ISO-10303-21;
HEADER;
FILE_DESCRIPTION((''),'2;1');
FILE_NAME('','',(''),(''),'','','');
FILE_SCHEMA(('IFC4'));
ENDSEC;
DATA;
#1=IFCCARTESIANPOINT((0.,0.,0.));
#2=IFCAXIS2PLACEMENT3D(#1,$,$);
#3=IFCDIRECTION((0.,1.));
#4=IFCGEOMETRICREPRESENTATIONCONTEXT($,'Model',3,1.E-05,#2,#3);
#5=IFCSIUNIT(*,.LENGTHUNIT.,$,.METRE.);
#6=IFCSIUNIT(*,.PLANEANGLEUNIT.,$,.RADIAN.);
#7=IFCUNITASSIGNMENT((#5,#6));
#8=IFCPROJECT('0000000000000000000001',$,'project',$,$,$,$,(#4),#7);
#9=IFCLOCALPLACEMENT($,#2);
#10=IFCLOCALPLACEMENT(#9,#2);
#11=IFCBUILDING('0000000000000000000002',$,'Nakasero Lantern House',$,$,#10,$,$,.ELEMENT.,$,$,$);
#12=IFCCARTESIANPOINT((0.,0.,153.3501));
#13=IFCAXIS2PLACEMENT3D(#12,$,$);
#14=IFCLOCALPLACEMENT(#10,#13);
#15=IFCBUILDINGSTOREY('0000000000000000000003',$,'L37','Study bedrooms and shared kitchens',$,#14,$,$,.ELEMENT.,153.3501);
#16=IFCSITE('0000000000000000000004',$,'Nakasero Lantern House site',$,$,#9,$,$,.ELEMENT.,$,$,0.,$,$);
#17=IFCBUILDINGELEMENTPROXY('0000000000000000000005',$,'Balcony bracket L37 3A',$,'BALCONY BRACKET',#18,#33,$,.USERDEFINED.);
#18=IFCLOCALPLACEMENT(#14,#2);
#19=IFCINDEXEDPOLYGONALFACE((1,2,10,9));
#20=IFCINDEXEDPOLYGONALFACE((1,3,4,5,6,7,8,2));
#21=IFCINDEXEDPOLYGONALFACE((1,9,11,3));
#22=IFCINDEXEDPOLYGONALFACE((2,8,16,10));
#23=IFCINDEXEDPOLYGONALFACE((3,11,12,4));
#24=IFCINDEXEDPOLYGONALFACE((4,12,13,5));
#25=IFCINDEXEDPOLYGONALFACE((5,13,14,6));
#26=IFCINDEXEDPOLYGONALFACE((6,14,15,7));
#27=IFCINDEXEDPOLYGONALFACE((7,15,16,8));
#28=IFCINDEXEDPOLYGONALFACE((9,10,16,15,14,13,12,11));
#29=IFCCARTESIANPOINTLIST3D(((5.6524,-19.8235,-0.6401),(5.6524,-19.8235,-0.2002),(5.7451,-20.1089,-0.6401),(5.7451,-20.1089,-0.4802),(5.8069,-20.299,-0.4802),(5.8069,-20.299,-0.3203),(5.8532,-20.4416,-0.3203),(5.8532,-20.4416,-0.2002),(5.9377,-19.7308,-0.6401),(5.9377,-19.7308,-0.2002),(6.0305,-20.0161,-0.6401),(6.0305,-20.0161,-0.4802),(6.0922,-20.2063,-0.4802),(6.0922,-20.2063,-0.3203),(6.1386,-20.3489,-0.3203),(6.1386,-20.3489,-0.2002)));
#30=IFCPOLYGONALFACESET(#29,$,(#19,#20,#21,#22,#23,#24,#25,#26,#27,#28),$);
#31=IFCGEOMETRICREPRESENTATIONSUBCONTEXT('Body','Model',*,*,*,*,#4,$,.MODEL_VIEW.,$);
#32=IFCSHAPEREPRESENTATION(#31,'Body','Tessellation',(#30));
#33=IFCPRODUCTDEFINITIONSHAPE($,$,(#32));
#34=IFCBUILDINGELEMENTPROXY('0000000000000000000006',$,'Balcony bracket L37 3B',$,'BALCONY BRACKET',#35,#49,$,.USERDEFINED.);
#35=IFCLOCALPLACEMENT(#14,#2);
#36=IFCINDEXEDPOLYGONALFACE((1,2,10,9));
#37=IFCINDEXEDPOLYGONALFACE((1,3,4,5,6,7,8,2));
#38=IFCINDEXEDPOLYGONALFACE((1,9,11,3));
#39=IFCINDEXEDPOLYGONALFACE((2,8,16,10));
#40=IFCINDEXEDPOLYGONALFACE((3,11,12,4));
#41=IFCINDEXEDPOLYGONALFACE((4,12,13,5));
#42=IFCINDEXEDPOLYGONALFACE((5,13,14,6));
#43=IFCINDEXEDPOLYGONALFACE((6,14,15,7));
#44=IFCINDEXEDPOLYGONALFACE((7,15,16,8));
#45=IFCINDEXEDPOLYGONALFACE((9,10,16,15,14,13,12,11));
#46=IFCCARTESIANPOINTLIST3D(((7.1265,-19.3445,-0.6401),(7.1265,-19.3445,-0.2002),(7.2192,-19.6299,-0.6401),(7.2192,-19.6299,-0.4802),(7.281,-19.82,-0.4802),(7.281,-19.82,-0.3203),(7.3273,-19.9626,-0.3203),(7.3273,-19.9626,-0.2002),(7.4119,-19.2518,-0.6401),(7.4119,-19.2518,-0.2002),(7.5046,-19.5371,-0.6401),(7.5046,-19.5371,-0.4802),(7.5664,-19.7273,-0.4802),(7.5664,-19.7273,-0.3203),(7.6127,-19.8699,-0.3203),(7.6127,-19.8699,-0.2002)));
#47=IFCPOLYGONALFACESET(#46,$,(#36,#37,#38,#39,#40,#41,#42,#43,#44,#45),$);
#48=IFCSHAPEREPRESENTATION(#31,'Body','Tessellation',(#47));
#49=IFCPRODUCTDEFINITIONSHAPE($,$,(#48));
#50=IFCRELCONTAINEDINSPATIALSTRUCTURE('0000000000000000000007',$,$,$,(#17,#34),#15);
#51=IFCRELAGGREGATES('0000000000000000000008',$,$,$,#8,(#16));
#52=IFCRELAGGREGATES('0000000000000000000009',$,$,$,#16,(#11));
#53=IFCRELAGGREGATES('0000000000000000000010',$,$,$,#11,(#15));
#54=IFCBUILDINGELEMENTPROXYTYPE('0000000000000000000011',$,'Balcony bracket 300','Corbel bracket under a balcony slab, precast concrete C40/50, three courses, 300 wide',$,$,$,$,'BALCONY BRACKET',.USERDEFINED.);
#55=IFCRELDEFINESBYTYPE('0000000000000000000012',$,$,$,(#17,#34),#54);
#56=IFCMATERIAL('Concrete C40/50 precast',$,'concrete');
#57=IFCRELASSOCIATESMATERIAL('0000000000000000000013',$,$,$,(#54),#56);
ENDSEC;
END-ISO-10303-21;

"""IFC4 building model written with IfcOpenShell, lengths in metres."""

from ifc_helpers import new_model, si_unit, direction, frame, origin, place, context, subcontext, project, spatial, polyline, outline, extrude, material, type_object, element, save


model = new_model("IFC4")

# Units and contexts
model_context = context("Model", 3, precision=1e-05, world=origin(), true_north=direction((0.0, 1.0)))
body_context = subcontext(model_context, "Body", "Model", "MODEL_VIEW")
ifc_project = project(units=[si_unit("LENGTHUNIT", "METRE"), si_unit("PLANEANGLEUNIT", "RADIAN")], contexts=[model_context])

# Site, building, storey
site_placement = place(None, origin())
site = spatial("IfcSite", under=ifc_project, at=site_placement, Name="Nakasero Lantern House site", CompositionType="ELEMENT", RefElevation=0.0)
building_placement = place(site_placement, origin())
building = spatial("IfcBuilding", under=site, at=building_placement, Name="Nakasero Lantern House", CompositionType="ELEMENT")
storey_placement = place(building_placement, frame((0.0, 0.0, 153.3501)))
storey = spatial("IfcBuildingStorey", under=building, at=storey_placement, Name="L37", Description="Study bedrooms and shared kitchens", CompositionType="ELEMENT", Elevation=153.3501)

# Building element proxies
ifc_material_1 = material(Name="Concrete C40/50 precast", Category="concrete")
building_element_proxy_type = type_object("IfcBuildingElementProxyType", Name="Balcony bracket 300", Description="Corbel bracket under a balcony slab, precast concrete C40/50, three courses, 300 wide", ElementType="BALCONY BRACKET", PredefinedType="USERDEFINED", material=ifc_material_1)
for number, where, z_axis, x_axis, name in (
    (1, (5.7952, -19.7771, -0.2002), (0.0, 0.0, 1.0), (0.309017, -0.951057, 0.0), "Balcony bracket L37 3A"),
    (2, (7.2693, -19.2981, -0.2002), (0.0, 0.0, 1.0), (0.309017, -0.951057, 0.0), "Balcony bracket L37 3B"),
):
    element("IfcBuildingElementProxy", number, at=place(storey_placement, frame(where, z_axis=z_axis, x_axis=x_axis)), inside=storey, type_object=building_element_proxy_type, Name=name, ObjectType="BALCONY BRACKET", PredefinedType="USERDEFINED", context=body_context, shape_type="SweptSolid", body=[
        extrude(outline(polyline([(0.0, 0.0), (0.6499, 0.0), (0.6499, -0.1201), (0.5, -0.1201), (0.5, -0.28), (0.3, -0.28), (0.3, -0.4399), (0.0, -0.4399), (0.0, 0.0)])), frame((0.0, 0.1499, 0.0), z_axis=(0.0, -1.0, 0.0), x_axis=(1.0, 0.0, 0.0)), (0.0, 0.0, 1.0), 0.3),
    ])

save(model, "model.ifc")
